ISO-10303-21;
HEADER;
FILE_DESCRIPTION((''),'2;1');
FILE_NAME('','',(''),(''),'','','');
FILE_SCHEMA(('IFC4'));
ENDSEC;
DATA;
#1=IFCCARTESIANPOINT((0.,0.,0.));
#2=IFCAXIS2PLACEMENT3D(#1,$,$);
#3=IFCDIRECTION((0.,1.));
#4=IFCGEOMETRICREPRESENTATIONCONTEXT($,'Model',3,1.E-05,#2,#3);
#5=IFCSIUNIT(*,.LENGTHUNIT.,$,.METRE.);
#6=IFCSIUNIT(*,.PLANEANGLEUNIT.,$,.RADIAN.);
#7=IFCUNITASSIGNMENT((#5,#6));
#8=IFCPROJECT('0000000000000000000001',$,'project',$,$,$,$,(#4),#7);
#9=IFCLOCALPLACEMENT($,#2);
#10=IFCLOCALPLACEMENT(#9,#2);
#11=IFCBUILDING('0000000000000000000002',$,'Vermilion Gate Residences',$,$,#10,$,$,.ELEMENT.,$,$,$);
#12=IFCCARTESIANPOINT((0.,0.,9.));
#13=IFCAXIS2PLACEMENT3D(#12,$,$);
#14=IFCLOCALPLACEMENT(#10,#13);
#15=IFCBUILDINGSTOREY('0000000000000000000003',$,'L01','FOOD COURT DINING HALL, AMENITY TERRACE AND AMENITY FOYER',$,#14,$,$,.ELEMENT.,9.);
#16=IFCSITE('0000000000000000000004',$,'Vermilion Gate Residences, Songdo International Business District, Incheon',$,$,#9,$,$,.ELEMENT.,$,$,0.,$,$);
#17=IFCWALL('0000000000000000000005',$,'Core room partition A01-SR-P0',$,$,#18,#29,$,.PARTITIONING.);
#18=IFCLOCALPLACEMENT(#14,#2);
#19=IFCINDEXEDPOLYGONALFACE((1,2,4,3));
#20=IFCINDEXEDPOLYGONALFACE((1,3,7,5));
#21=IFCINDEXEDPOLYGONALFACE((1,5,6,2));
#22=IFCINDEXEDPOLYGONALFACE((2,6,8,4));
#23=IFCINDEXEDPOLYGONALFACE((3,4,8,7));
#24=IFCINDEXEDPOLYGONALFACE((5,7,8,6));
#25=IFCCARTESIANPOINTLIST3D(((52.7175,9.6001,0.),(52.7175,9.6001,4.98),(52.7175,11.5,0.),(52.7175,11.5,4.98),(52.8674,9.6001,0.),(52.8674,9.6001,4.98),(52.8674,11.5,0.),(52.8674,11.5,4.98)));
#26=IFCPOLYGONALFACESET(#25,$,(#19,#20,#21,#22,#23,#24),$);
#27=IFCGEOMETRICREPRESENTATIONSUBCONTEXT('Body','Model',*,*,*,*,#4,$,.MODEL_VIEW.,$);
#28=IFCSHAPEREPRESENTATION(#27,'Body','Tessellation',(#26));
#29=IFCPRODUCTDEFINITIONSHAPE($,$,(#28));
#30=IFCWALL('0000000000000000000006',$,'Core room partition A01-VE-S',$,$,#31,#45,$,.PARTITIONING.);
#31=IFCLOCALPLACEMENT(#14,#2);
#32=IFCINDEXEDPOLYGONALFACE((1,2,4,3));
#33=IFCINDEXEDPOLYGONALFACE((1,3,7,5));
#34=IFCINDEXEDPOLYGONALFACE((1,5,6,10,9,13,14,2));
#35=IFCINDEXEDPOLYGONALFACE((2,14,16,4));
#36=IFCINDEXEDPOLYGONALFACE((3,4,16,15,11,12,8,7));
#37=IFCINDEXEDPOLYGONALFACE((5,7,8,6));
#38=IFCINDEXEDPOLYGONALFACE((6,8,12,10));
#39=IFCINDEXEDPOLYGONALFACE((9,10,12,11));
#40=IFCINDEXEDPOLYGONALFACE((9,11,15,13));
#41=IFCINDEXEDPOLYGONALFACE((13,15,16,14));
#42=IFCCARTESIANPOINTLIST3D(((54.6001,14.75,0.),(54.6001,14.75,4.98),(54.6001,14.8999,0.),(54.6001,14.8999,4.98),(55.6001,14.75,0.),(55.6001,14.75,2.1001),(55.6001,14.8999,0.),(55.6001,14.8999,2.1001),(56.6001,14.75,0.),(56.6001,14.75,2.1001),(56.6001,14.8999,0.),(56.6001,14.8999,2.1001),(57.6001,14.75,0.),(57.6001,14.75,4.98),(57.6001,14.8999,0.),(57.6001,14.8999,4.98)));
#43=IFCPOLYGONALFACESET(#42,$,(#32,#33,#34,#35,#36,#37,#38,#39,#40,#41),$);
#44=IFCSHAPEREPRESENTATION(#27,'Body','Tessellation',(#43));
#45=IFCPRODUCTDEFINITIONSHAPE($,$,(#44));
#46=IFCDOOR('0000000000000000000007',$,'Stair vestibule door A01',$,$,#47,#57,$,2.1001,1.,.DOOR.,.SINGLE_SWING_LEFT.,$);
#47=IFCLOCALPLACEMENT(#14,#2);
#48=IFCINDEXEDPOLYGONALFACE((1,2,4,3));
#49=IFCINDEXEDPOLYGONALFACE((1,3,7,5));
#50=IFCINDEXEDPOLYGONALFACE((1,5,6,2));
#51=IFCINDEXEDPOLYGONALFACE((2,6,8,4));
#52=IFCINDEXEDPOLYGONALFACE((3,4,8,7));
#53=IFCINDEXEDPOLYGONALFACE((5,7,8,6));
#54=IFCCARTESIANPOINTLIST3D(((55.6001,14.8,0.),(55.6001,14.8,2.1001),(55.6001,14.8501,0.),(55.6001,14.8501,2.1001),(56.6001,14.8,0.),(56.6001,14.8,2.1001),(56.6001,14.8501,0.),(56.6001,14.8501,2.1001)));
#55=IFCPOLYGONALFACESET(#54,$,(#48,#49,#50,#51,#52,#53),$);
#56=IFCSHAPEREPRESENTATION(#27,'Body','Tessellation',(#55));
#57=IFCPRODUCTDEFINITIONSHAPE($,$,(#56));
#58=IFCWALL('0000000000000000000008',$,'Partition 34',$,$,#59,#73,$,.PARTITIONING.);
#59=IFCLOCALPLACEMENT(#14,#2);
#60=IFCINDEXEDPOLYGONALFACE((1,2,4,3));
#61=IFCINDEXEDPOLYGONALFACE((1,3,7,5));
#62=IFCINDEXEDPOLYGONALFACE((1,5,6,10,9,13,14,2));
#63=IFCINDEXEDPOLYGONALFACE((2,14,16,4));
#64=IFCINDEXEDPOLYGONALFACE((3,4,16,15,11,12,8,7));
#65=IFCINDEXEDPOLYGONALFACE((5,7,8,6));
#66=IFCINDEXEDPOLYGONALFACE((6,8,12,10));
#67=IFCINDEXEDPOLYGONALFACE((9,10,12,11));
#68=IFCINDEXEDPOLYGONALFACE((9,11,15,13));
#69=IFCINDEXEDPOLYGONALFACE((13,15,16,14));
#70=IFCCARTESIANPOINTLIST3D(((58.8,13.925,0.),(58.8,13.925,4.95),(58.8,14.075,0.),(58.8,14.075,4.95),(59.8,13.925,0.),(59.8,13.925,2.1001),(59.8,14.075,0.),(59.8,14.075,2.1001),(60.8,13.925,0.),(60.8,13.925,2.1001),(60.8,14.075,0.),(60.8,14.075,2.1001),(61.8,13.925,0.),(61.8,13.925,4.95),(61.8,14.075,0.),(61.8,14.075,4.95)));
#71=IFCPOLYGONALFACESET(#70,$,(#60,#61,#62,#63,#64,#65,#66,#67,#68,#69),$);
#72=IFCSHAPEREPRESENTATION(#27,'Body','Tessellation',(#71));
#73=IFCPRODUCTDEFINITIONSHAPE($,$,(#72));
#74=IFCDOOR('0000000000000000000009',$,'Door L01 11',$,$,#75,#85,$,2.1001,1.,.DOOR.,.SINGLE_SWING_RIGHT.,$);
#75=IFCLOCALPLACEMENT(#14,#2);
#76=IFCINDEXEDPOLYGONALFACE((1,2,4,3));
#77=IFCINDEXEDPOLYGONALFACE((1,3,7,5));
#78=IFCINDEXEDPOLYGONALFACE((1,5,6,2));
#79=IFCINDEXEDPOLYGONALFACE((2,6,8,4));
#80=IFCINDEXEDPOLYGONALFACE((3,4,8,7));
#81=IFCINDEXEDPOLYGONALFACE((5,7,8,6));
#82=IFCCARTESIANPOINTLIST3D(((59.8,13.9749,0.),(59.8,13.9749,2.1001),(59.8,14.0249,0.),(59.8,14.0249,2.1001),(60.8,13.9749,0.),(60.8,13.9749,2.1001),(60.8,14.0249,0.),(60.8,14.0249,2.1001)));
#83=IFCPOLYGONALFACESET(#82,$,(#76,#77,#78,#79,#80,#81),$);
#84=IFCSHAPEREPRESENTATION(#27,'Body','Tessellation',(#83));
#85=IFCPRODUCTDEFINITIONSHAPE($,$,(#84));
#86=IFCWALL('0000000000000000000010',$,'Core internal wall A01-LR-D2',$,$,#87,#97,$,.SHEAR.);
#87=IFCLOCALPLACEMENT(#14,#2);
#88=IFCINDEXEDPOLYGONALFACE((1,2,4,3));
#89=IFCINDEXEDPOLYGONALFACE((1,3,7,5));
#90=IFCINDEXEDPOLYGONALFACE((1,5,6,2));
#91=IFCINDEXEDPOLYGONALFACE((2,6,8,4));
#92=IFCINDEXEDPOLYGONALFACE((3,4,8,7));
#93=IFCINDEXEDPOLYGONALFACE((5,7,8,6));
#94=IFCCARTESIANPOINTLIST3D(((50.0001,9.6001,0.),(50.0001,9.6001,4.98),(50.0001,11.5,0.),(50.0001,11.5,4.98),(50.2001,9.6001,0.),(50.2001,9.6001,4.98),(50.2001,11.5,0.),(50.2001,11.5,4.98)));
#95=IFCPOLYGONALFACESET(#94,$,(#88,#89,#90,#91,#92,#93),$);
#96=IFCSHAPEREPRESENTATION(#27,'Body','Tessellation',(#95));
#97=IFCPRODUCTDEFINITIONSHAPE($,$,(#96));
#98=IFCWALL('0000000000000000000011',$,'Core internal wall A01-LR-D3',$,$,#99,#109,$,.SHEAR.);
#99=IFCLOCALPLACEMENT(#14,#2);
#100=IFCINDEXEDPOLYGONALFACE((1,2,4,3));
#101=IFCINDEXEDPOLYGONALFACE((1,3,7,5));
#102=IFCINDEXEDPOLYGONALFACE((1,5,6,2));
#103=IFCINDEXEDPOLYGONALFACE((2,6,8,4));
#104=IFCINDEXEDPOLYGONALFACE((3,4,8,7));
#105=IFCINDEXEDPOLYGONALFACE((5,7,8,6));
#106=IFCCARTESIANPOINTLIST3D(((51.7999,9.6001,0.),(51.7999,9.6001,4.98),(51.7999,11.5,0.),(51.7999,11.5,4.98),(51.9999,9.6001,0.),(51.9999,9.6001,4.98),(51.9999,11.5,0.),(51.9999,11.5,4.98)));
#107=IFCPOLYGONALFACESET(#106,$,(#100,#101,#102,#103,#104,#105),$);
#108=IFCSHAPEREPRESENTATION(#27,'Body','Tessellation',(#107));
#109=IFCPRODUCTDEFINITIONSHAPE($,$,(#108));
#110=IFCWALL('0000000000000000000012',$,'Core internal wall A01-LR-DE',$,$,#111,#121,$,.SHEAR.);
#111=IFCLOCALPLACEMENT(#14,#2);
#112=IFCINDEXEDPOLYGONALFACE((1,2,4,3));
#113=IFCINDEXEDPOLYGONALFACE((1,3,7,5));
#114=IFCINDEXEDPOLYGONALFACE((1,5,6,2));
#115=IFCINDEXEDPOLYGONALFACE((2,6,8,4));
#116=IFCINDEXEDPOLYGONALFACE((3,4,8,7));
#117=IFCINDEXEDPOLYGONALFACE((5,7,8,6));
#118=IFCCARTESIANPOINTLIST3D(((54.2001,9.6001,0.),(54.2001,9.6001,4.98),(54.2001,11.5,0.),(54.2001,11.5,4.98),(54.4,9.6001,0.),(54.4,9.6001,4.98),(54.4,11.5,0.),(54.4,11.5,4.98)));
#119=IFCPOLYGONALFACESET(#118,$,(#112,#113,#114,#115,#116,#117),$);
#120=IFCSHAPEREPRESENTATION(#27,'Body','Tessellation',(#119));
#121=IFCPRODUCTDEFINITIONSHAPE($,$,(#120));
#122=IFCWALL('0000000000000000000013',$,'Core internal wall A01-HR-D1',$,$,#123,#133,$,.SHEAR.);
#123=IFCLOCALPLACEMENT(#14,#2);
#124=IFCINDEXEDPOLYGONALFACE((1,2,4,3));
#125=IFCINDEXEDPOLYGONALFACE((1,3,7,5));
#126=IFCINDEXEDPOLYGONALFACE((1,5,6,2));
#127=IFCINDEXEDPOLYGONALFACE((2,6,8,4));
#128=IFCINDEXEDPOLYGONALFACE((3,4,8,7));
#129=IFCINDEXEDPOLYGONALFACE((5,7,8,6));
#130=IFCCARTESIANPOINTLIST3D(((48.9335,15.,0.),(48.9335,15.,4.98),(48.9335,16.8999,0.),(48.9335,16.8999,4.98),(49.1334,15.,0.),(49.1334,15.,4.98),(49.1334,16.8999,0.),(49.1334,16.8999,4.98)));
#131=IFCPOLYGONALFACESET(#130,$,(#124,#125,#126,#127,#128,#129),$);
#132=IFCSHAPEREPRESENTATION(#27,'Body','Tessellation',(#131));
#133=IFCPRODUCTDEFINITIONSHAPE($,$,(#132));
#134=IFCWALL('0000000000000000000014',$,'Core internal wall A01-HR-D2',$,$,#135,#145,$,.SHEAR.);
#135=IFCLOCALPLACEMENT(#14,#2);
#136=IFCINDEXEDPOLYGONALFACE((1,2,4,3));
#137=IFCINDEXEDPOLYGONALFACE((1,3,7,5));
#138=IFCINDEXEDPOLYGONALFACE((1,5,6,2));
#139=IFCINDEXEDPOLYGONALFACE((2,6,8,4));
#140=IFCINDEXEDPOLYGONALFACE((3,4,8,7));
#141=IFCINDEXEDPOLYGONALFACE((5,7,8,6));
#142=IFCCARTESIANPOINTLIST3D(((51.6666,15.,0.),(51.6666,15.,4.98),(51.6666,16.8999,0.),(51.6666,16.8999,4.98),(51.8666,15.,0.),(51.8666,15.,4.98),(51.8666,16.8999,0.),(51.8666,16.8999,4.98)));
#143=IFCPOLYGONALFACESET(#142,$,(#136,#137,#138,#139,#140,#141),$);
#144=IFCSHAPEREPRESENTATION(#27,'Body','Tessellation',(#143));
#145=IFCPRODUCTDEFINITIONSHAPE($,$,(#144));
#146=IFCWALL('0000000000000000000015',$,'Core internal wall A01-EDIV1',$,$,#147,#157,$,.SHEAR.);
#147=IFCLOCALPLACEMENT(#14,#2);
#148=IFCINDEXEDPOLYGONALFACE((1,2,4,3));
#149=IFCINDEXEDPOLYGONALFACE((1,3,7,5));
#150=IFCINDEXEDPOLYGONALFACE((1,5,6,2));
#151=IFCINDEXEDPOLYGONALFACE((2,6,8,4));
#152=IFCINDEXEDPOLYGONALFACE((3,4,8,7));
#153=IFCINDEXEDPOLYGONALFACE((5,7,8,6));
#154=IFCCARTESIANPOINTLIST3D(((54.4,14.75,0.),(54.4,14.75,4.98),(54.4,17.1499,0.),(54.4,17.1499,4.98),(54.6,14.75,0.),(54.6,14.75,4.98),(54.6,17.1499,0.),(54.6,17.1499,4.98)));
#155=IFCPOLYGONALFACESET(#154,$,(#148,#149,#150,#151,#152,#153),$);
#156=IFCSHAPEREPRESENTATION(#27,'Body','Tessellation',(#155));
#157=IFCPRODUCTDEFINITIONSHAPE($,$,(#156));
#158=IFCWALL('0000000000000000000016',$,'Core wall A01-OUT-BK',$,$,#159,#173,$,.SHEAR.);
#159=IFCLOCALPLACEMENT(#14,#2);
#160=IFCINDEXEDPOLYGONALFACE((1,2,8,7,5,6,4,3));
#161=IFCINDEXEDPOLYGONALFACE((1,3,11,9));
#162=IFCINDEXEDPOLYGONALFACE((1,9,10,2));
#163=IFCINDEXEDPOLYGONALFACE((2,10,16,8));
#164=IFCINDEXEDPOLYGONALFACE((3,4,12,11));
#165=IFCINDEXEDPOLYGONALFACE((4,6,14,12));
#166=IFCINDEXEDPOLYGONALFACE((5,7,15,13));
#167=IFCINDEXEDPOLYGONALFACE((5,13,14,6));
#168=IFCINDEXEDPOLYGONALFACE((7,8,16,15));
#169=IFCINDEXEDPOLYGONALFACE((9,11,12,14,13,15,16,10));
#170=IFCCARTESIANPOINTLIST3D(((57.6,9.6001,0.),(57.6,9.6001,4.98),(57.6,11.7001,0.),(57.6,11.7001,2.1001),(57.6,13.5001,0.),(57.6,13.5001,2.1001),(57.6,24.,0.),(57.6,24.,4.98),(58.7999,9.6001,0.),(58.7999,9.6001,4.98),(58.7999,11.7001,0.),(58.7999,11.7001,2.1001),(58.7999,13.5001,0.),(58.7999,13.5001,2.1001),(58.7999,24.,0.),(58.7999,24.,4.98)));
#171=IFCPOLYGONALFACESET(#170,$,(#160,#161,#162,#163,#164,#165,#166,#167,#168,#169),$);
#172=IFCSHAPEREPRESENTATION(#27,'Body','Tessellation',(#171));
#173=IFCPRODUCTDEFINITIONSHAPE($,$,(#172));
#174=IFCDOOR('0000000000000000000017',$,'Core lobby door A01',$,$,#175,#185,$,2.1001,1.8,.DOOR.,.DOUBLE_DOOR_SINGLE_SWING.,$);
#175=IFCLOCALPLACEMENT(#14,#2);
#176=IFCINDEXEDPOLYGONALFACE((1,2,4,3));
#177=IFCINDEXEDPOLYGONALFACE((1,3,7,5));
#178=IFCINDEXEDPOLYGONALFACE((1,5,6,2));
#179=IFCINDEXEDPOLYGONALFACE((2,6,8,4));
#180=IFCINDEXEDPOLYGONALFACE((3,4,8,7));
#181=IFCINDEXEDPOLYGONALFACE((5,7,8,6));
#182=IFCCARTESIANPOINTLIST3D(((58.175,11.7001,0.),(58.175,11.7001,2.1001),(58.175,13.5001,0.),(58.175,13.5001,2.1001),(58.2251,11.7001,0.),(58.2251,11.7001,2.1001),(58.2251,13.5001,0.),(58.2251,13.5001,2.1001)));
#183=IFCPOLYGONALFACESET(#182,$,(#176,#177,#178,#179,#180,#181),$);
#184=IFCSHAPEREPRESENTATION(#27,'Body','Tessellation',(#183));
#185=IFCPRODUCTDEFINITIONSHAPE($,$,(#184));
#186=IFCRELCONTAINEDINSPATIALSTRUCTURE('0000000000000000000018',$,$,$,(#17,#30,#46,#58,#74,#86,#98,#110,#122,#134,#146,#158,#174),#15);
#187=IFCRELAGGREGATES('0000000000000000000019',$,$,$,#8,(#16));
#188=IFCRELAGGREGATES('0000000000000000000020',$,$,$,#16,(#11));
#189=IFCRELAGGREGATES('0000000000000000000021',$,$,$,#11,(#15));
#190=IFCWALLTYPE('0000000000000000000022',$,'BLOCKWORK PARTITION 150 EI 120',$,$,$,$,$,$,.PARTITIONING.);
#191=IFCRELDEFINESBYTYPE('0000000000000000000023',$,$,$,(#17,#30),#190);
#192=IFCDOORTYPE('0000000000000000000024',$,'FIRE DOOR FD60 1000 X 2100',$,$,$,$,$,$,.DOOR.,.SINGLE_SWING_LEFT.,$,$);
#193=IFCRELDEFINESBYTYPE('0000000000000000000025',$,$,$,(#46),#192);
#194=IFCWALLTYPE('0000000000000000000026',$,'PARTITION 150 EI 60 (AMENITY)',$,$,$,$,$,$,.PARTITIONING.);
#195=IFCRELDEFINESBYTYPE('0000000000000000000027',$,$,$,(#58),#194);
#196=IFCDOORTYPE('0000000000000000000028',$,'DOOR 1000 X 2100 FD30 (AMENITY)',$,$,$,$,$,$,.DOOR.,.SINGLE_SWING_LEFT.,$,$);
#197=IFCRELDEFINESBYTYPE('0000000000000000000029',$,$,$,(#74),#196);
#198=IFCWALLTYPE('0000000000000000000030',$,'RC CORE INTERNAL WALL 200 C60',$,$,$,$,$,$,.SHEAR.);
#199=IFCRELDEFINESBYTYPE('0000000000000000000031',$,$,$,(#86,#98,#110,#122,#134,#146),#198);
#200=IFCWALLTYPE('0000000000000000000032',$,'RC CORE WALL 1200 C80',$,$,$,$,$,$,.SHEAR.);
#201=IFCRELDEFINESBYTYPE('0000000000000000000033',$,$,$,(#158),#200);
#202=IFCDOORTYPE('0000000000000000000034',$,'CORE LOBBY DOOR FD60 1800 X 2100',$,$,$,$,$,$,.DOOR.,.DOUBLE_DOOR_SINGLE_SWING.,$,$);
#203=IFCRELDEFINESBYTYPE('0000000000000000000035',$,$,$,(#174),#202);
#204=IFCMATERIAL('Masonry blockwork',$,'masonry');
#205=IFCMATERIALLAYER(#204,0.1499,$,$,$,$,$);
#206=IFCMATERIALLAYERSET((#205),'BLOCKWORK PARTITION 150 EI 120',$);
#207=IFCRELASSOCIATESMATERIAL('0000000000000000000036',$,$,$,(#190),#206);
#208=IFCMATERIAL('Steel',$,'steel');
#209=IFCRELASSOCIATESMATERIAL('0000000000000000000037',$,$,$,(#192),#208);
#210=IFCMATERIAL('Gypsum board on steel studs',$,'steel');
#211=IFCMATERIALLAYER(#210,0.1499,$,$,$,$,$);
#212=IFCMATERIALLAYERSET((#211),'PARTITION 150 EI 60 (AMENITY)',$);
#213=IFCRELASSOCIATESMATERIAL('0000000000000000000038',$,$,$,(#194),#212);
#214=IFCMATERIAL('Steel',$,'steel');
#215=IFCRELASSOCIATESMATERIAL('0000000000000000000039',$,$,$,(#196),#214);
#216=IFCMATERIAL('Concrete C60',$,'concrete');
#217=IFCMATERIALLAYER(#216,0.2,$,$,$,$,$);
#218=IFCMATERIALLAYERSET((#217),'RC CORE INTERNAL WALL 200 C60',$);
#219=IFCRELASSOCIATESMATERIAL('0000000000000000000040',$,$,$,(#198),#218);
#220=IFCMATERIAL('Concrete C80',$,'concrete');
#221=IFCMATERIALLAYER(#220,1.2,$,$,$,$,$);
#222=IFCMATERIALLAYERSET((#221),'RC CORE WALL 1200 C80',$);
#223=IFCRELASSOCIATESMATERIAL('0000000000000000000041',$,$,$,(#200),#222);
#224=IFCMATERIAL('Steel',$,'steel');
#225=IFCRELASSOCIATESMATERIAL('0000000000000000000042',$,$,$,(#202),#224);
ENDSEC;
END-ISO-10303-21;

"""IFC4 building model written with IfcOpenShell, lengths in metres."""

from ifc_helpers import new_model, si_unit, direction, frame, frame_2d, origin, place, context, subcontext, project, spatial, rectangle, extrude, material, layer, layer_set, type_object, element, fill, save


model = new_model("IFC4")

# Units and contexts
model_context = context("Model", 3, precision=1e-05, world=origin(), true_north=direction((0.0, 1.0)))
body_context = subcontext(model_context, "Body", "Model", "MODEL_VIEW")
ifc_project = project(units=[si_unit("LENGTHUNIT", "METRE"), si_unit("PLANEANGLEUNIT", "RADIAN")], contexts=[model_context])

# Site, building, storey
site_placement = place(None, origin())
site = spatial("IfcSite", under=ifc_project, at=site_placement, Name="Vermilion Gate Residences, Songdo International Business District, Incheon", CompositionType="ELEMENT", RefElevation=0.0)
building_placement = place(site_placement, origin())
building = spatial("IfcBuilding", under=site, at=building_placement, Name="Vermilion Gate Residences", CompositionType="ELEMENT")
storey_placement = place(building_placement, frame((0.0, 0.0, 9.0)))
storey = spatial("IfcBuildingStorey", under=building, at=storey_placement, Name="L01", Description="FOOD COURT DINING HALL, AMENITY TERRACE AND AMENITY FOYER", CompositionType="ELEMENT", Elevation=9.0)

# Wall
ifc_material_1 = material(Name="Masonry blockwork", Category="masonry")
ifc_layer_1 = layer(ifc_material_1, 0.1499)
ifc_layer_set_1 = layer_set([ifc_layer_1], Name="BLOCKWORK PARTITION 150 EI 120")
wall_type_1 = type_object("IfcWallType", Name="BLOCKWORK PARTITION 150 EI 120", PredefinedType="PARTITIONING", material=ifc_layer_set_1)
wall_1_placement = place(storey_placement, frame((52.7925, 9.6001, 0.0), z_axis=(0.0, 0.0, 1.0), x_axis=(0.0, 1.0, 0.0)))
element("IfcWall", 1, at=wall_1_placement, inside=storey, type_object=wall_type_1, Name="Core room partition A01-SR-P0", PredefinedType="PARTITIONING", context=body_context, shape_type="SweptSolid", body=[
    extrude(rectangle(XDim=1.8999, YDim=0.1499, at=frame_2d((0.95, 0.0))), origin(), (0.0, 0.0, 1.0), 4.98),
])

# Walls, openings, doors
wall_2_placement = place(storey_placement, frame((54.6001, 14.825, 0.0), z_axis=(0.0, 0.0, 1.0), x_axis=(1.0, 0.0, 0.0)))
wall_2 = element("IfcWall", 2, at=wall_2_placement, inside=storey, type_object=wall_type_1, Name="Core room partition A01-VE-S", PredefinedType="PARTITIONING", context=body_context, shape_type="SweptSolid", body=[
    extrude(rectangle(XDim=3.0, YDim=0.1499, at=frame_2d((1.5, 0.0))), origin(), (0.0, 0.0, 1.0), 4.98),
])
opening_1_placement = place(wall_2_placement, frame((1.0, 0.0, 0.0)))
opening_1 = element("IfcOpeningElement", 3, at=opening_1_placement, cuts=wall_2, PredefinedType="OPENING", context=body_context, shape_type="SweptSolid", body=[
    extrude(rectangle(XDim=1.0, YDim=2.1001, at=frame_2d((0.5, 1.05))), frame((0.0, 0.085, 0.0), z_axis=(0.0, -1.0, 0.0), x_axis=(1.0, 0.0, 0.0)), (0.0, 0.0, 1.0), 0.1699),
])
ifc_material_2 = material(Name="Steel", Category="steel")
door_type_1 = type_object("IfcDoorType", Name="FIRE DOOR FD60 1000 X 2100", OperationType="SINGLE_SWING_LEFT", PredefinedType="DOOR", material=ifc_material_2)
door_1_placement = place(opening_1_placement, frame((1.0, 0.0, 0.0), z_axis=(0.0, 0.0, 1.0), x_axis=(-1.0, 0.0, 0.0)))
door_1 = element("IfcDoor", 4, at=door_1_placement, inside=storey, type_object=door_type_1, Name="Stair vestibule door A01", OperationType="SINGLE_SWING_LEFT", OverallHeight=2.1001, OverallWidth=1.0, PredefinedType="DOOR", context=body_context, shape_type="SweptSolid", body=[
    extrude(rectangle(XDim=1.0, YDim=2.1001, at=frame_2d((0.5, 1.05))), frame((0.0, 0.0249, 0.0), z_axis=(0.0, -1.0, 0.0), x_axis=(1.0, 0.0, 0.0)), (0.0, 0.0, 1.0), 0.05),
])
fill(opening_1, door_1)
ifc_material_3 = material(Name="Gypsum board on steel studs", Category="steel")
ifc_layer_2 = layer(ifc_material_3, 0.1499)
ifc_layer_set_2 = layer_set([ifc_layer_2], Name="PARTITION 150 EI 60 (AMENITY)")
wall_type_2 = type_object("IfcWallType", Name="PARTITION 150 EI 60 (AMENITY)", PredefinedType="PARTITIONING", material=ifc_layer_set_2)
wall_3_placement = place(storey_placement, frame((58.8, 14.0, 0.0), z_axis=(0.0, 0.0, 1.0), x_axis=(1.0, 0.0, 0.0)))
wall_3 = element("IfcWall", 5, at=wall_3_placement, inside=storey, type_object=wall_type_2, Name="Partition 34", PredefinedType="PARTITIONING", context=body_context, shape_type="SweptSolid", body=[
    extrude(rectangle(XDim=3.0, YDim=0.1499, at=frame_2d((1.5, 0.0))), origin(), (0.0, 0.0, 1.0), 4.95),
])
opening_2_placement = place(wall_3_placement, frame((1.0, 0.0, 0.0)))
opening_2 = element("IfcOpeningElement", 6, at=opening_2_placement, cuts=wall_3, PredefinedType="OPENING", context=body_context, shape_type="SweptSolid", body=[
    extrude(rectangle(XDim=1.0, YDim=2.1001, at=frame_2d((0.5, 1.05))), frame((0.0, 0.085, 0.0), z_axis=(0.0, -1.0, 0.0), x_axis=(1.0, 0.0, 0.0)), (0.0, 0.0, 1.0), 0.1699),
])
ifc_material_4 = material(Name="Steel", Category="steel")
door_type_2 = type_object("IfcDoorType", Name="DOOR 1000 X 2100 FD30 (AMENITY)", OperationType="SINGLE_SWING_LEFT", PredefinedType="DOOR", material=ifc_material_4)
door_2_placement = place(opening_2_placement, origin())
door_2 = element("IfcDoor", 7, at=door_2_placement, inside=storey, type_object=door_type_2, Name="Door L01 11", OperationType="SINGLE_SWING_RIGHT", OverallHeight=2.1001, OverallWidth=1.0, PredefinedType="DOOR", context=body_context, shape_type="SweptSolid", body=[
    extrude(rectangle(XDim=1.0, YDim=2.1001, at=frame_2d((0.5, 1.05))), frame((0.0, 0.0249, 0.0), z_axis=(0.0, -1.0, 0.0), x_axis=(1.0, 0.0, 0.0)), (0.0, 0.0, 1.0), 0.05),
])
fill(opening_2, door_2)

# Walls
ifc_material_5 = material(Name="Concrete C60", Category="concrete")
ifc_layer_3 = layer(ifc_material_5, 0.2)
ifc_layer_set_3 = layer_set([ifc_layer_3], Name="RC CORE INTERNAL WALL 200 C60")
wall_type_3 = type_object("IfcWallType", Name="RC CORE INTERNAL WALL 200 C60", PredefinedType="SHEAR", material=ifc_layer_set_3)
for number, where, z_axis, x_axis, name in (
    (8, (50.1001, 9.6001, 0.0), (0.0, 0.0, 1.0), (0.0, 1.0, 0.0), "Core internal wall A01-LR-D2"),
    (9, (51.8999, 9.6001, 0.0), (0.0, 0.0, 1.0), (0.0, 1.0, 0.0), "Core internal wall A01-LR-D3"),
    (10, (54.3, 9.6001, 0.0), (0.0, 0.0, 1.0), (0.0, 1.0, 0.0), "Core internal wall A01-LR-DE"),
    (11, (49.0334, 15.0, 0.0), (0.0, 0.0, 1.0), (0.0, 1.0, 0.0), "Core internal wall A01-HR-D1"),
    (12, (51.7666, 15.0, 0.0), (0.0, 0.0, 1.0), (0.0, 1.0, 0.0), "Core internal wall A01-HR-D2"),
):
    element("IfcWall", number, at=place(storey_placement, frame(where, z_axis=z_axis, x_axis=x_axis)), inside=storey, type_object=wall_type_3, Name=name, PredefinedType="SHEAR", context=body_context, shape_type="SweptSolid", body=[
        extrude(rectangle(XDim=1.8999, YDim=0.2, at=frame_2d((0.95, 0.0))), origin(), (0.0, 0.0, 1.0), 4.98),
    ])
wall_4_placement = place(storey_placement, frame((54.5, 14.75, 0.0), z_axis=(0.0, 0.0, 1.0), x_axis=(0.0, 1.0, 0.0)))
element("IfcWall", 13, at=wall_4_placement, inside=storey, type_object=wall_type_3, Name="Core internal wall A01-EDIV1", PredefinedType="SHEAR", context=body_context, shape_type="SweptSolid", body=[
    extrude(rectangle(XDim=2.3999, YDim=0.2, at=frame_2d((1.2, 0.0))), origin(), (0.0, 0.0, 1.0), 4.98),
])

# Wall, opening, door
ifc_material_6 = material(Name="Concrete C80", Category="concrete")
ifc_layer_4 = layer(ifc_material_6, 1.2)
ifc_layer_set_4 = layer_set([ifc_layer_4], Name="RC CORE WALL 1200 C80")
wall_type_4 = type_object("IfcWallType", Name="RC CORE WALL 1200 C80", PredefinedType="SHEAR", material=ifc_layer_set_4)
wall_5_placement = place(storey_placement, frame((58.2, 9.6001, 0.0), z_axis=(0.0, 0.0, 1.0), x_axis=(0.0, 1.0, 0.0)))
wall_5 = element("IfcWall", 14, at=wall_5_placement, inside=storey, type_object=wall_type_4, Name="Core wall A01-OUT-BK", PredefinedType="SHEAR", context=body_context, shape_type="SweptSolid", body=[
    extrude(rectangle(XDim=14.3999, YDim=1.2, at=frame_2d((7.2, 0.0))), origin(), (0.0, 0.0, 1.0), 4.98),
])
opening_3_placement = place(wall_5_placement, frame((2.1001, 0.0, 0.0)))
opening_3 = element("IfcOpeningElement", 15, at=opening_3_placement, cuts=wall_5, PredefinedType="OPENING", context=body_context, shape_type="SweptSolid", body=[
    extrude(rectangle(XDim=1.8, YDim=2.1001, at=frame_2d((0.8999, 1.05))), frame((0.0, 0.6099, 0.0), z_axis=(0.0, -1.0, 0.0), x_axis=(1.0, 0.0, 0.0)), (0.0, 0.0, 1.0), 1.22),
])
ifc_material_7 = material(Name="Steel", Category="steel")
door_type_3 = type_object("IfcDoorType", Name="CORE LOBBY DOOR FD60 1800 X 2100", OperationType="DOUBLE_DOOR_SINGLE_SWING", PredefinedType="DOOR", material=ifc_material_7)
door_3_placement = place(opening_3_placement, origin())
door_3 = element("IfcDoor", 16, at=door_3_placement, inside=storey, type_object=door_type_3, Name="Core lobby door A01", OperationType="DOUBLE_DOOR_SINGLE_SWING", OverallHeight=2.1001, OverallWidth=1.8, PredefinedType="DOOR", context=body_context, shape_type="SweptSolid", body=[
    extrude(rectangle(XDim=1.8, YDim=2.1001, at=frame_2d((0.8999, 1.05))), frame((0.0, 0.0249, 0.0), z_axis=(0.0, -1.0, 0.0), x_axis=(1.0, 0.0, 0.0)), (0.0, 0.0, 1.0), 0.05),
])
fill(opening_3, door_3)

save(model, "model.ifc")
